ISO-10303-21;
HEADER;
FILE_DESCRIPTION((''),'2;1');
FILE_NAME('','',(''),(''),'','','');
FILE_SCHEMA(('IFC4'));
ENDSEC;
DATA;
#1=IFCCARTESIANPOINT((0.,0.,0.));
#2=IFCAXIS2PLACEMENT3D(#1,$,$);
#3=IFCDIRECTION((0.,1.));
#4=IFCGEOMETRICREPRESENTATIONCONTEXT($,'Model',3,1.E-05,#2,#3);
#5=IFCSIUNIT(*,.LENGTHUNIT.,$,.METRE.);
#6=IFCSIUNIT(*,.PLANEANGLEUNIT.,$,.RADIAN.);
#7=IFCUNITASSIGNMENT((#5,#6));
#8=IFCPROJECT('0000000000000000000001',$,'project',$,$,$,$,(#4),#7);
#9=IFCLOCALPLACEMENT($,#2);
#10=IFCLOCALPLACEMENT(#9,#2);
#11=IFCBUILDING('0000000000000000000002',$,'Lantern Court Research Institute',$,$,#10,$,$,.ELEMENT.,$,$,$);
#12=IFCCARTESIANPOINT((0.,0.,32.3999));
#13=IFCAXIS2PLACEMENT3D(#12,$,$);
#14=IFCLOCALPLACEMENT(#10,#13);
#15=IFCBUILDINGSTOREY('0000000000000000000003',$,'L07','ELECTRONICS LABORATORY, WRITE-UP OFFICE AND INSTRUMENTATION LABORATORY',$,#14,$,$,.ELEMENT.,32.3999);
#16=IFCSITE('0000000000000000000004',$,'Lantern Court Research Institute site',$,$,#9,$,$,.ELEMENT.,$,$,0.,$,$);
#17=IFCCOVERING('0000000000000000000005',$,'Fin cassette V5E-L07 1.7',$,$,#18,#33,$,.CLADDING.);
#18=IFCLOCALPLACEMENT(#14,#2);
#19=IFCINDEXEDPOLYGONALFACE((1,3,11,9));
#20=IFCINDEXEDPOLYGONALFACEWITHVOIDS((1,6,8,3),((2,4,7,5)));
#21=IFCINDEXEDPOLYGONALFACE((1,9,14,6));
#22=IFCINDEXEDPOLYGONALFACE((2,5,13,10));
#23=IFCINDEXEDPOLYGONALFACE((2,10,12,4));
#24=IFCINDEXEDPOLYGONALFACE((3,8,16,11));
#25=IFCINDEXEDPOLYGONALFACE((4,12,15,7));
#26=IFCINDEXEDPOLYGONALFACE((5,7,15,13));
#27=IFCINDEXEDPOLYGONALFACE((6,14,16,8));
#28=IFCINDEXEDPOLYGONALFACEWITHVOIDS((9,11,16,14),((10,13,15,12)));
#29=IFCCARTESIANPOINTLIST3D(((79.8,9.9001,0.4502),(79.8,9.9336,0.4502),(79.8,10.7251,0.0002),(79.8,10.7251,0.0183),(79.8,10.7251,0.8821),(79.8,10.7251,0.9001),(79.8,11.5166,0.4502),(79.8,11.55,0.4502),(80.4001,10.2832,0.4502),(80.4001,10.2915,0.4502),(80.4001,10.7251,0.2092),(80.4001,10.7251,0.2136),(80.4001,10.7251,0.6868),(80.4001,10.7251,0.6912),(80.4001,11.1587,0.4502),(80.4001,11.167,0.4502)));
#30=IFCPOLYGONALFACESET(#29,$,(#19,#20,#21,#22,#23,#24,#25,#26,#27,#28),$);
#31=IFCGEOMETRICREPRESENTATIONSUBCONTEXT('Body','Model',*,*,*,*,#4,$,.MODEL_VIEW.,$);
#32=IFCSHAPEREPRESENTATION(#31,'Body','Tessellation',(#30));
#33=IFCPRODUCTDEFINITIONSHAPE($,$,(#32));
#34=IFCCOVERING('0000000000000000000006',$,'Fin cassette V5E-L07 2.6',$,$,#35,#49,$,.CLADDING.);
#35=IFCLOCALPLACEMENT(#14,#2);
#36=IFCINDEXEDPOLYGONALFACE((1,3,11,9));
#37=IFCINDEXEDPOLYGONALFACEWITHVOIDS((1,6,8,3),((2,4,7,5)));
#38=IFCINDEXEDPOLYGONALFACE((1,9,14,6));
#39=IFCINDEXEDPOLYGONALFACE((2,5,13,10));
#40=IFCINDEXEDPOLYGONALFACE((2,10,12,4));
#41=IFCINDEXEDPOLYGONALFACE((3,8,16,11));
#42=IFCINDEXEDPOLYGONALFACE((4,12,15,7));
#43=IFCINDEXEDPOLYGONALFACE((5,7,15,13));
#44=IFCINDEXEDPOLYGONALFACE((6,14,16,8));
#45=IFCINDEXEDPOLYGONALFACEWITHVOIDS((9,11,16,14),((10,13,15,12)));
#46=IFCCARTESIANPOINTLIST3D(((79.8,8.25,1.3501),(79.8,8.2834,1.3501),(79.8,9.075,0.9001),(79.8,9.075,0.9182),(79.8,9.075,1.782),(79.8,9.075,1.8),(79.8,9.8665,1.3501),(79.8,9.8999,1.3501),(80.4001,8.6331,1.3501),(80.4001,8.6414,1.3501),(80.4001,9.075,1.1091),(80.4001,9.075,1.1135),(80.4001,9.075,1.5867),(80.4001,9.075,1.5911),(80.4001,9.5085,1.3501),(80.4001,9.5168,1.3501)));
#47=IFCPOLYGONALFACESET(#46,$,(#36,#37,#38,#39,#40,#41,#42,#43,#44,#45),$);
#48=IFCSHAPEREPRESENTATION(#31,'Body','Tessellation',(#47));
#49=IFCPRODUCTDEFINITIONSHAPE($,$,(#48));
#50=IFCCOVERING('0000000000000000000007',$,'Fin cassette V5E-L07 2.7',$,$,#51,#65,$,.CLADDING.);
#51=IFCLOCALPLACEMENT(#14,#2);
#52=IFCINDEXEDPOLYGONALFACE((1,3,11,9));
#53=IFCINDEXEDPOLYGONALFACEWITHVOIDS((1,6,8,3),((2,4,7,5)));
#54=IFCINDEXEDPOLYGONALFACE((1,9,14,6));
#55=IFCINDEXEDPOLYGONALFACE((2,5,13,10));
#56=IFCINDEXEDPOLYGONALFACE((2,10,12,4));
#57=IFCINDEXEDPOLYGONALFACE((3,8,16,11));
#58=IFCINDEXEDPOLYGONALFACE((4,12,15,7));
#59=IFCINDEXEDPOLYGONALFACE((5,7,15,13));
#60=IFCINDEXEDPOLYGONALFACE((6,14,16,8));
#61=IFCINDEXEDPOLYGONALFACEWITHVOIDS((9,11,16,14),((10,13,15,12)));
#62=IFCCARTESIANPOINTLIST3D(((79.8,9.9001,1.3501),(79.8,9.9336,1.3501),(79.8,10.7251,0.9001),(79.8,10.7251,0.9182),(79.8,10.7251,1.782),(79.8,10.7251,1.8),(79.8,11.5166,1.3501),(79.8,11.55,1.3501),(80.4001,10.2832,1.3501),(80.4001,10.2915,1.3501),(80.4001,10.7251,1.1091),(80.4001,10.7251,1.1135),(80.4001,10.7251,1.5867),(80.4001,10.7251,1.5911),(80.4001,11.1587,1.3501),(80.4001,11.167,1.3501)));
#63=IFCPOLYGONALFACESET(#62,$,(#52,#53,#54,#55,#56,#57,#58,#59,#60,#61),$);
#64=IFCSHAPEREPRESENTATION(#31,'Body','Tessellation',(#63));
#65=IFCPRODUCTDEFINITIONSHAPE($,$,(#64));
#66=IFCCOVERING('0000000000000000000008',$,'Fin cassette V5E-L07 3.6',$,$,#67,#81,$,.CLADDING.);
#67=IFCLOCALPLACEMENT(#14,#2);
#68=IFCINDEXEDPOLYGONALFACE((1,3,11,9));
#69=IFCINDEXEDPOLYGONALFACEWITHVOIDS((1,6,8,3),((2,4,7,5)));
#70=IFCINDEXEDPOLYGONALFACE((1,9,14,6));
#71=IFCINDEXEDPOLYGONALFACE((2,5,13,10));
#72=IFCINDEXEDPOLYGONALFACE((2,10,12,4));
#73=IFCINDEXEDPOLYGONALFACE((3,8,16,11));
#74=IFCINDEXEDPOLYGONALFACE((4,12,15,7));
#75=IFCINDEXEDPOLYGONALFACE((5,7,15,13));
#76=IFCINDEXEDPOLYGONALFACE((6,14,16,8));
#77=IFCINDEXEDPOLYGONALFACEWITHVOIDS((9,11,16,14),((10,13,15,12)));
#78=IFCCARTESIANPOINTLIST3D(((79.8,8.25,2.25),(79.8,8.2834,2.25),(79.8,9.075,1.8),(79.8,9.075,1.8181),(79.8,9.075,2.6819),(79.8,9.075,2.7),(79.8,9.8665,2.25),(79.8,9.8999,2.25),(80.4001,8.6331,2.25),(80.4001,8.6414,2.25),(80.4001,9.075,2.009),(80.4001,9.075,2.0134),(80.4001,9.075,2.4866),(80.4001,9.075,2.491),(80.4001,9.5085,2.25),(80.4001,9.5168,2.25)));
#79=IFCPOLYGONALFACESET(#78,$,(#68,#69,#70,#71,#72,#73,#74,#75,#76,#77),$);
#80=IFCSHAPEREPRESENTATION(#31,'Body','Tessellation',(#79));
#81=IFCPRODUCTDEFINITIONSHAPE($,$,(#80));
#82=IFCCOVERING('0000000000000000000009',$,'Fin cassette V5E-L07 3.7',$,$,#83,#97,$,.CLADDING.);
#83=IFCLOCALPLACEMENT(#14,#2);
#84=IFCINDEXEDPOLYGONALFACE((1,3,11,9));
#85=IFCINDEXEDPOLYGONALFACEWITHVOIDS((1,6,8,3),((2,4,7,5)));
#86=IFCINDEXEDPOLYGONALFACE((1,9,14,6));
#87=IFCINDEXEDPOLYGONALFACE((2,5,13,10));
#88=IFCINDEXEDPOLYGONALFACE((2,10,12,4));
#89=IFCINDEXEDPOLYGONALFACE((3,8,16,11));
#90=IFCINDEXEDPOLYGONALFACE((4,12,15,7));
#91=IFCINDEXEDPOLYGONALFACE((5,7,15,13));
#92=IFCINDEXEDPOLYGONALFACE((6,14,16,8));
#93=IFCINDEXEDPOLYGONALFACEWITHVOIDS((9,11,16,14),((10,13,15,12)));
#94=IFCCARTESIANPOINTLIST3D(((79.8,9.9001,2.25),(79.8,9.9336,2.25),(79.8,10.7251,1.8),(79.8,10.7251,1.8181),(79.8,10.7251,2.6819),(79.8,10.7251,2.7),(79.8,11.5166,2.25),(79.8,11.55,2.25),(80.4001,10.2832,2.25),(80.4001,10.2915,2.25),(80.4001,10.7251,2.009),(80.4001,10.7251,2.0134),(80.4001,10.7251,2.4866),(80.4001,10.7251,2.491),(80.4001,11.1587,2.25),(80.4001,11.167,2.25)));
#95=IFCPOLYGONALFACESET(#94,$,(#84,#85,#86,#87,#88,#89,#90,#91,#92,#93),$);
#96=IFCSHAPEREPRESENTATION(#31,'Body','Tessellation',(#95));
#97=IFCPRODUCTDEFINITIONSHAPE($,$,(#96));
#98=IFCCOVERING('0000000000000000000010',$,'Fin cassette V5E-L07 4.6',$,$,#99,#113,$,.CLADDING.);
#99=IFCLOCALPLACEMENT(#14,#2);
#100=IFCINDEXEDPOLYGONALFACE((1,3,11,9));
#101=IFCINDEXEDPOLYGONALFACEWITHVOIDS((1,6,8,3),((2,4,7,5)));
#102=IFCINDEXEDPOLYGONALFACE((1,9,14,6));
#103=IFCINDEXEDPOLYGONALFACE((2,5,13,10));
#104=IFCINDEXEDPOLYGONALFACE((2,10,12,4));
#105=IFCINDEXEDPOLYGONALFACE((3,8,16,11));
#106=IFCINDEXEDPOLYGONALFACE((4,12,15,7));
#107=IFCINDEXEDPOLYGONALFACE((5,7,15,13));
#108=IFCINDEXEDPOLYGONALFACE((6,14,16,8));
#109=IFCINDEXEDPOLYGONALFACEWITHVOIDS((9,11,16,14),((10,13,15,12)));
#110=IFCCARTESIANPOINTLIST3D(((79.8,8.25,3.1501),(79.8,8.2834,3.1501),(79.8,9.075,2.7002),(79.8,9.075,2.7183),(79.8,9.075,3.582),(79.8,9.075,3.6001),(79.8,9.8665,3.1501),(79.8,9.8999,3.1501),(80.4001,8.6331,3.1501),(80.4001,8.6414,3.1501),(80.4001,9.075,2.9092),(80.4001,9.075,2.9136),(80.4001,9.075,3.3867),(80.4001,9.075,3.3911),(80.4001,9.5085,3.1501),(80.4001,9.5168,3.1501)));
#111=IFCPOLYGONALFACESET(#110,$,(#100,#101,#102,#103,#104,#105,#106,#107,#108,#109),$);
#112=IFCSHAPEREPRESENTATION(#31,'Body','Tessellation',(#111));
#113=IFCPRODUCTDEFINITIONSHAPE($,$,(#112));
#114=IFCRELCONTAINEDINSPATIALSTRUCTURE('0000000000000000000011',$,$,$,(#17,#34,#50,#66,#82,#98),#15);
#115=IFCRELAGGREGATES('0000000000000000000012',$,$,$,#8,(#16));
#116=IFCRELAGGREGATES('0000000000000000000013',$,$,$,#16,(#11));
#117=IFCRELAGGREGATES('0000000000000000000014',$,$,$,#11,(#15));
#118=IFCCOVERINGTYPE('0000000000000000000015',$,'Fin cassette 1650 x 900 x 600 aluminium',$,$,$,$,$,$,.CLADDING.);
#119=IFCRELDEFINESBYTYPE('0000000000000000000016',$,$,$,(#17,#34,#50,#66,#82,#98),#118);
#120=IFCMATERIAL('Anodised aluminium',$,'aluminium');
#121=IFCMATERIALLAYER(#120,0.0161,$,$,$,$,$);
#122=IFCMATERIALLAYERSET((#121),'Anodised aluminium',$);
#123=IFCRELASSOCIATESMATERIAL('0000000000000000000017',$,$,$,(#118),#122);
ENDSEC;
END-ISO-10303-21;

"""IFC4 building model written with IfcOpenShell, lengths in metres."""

from ifc_helpers import new_model, entity, si_unit, direction, frame, origin, place, context, subcontext, project, spatial, material, layer, layer_set, type_object, element, save


model = new_model("IFC4")

# Units and contexts
model_context = context("Model", 3, precision=1e-05, world=origin(), true_north=direction((0.0, 1.0)))
body_context = subcontext(model_context, "Body", "Model", "MODEL_VIEW")
ifc_project = project(units=[si_unit("LENGTHUNIT", "METRE"), si_unit("PLANEANGLEUNIT", "RADIAN")], contexts=[model_context])

# Site, building, storey
site_placement = place(None, origin())
site = spatial("IfcSite", under=ifc_project, at=site_placement, Name="Lantern Court Research Institute site", CompositionType="ELEMENT", RefElevation=0.0)
building_placement = place(site_placement, origin())
building = spatial("IfcBuilding", under=site, at=building_placement, Name="Lantern Court Research Institute", CompositionType="ELEMENT")
storey_placement = place(building_placement, frame((0.0, 0.0, 32.3999)))
storey = spatial("IfcBuildingStorey", under=building, at=storey_placement, Name="L07", Description="ELECTRONICS LABORATORY, WRITE-UP OFFICE AND INSTRUMENTATION LABORATORY", CompositionType="ELEMENT", Elevation=32.3999)

# Coverings
ifc_material_1 = material(Name="Anodised aluminium", Category="aluminium")
ifc_layer_1 = layer(ifc_material_1, 0.0161)
ifc_layer_set_1 = layer_set([ifc_layer_1], Name="Anodised aluminium")
covering_type = type_object("IfcCoveringType", Name="Fin cassette 1650 x 900 x 600 aluminium", PredefinedType="CLADDING", material=ifc_layer_set_1)
covering_1_placement = place(storey_placement, frame((79.8, 10.7251, 0.4502), z_axis=(1.0, 0.0, 0.0), x_axis=(0.0, 1.0, 0.0)))
cartesian_point_1 = entity("IfcCartesianPoint", [0.825, 0.0])
cartesian_point_2 = entity("IfcCartesianPoint", [0.7915, 0.0])
cartesian_point_3 = entity("IfcCartesianPoint", [0.4419, 0.0])
cartesian_point_4 = entity("IfcCartesianPoint", [0.4336, 0.0])
element("IfcCovering", 1, at=covering_1_placement, inside=storey, type_object=covering_type, Name="Fin cassette V5E-L07 1.7", PredefinedType="CLADDING", context=body_context, shape_type="SweptSolid", body=[
    entity("IfcExtrudedAreaSolidTapered", entity("IfcArbitraryProfileDefWithVoids", "AREA", None, entity("IfcPolyline", [cartesian_point_1, entity("IfcCartesianPoint", [0.0, 0.45]), entity("IfcCartesianPoint", [-0.825, 0.0]), entity("IfcCartesianPoint", [0.0, -0.45]), cartesian_point_1]), [entity("IfcPolyline", [cartesian_point_2, entity("IfcCartesianPoint", [0.0, 0.4319]), entity("IfcCartesianPoint", [-0.7915, 0.0]), entity("IfcCartesianPoint", [0.0, -0.4319]), cartesian_point_2])]), entity("IfcAxis2Placement3D", entity("IfcCartesianPoint", [0.0, 0.0, 0.0])), entity("IfcDirection", [0.0, 0.0, 1.0]), 0.6001, entity("IfcArbitraryProfileDefWithVoids", "AREA", None, entity("IfcPolyline", [cartesian_point_3, entity("IfcCartesianPoint", [0.0, 0.241]), entity("IfcCartesianPoint", [-0.4419, 0.0]), entity("IfcCartesianPoint", [0.0, -0.241]), cartesian_point_3]), [entity("IfcPolyline", [cartesian_point_4, entity("IfcCartesianPoint", [0.0, 0.2366]), entity("IfcCartesianPoint", [-0.4336, 0.0]), entity("IfcCartesianPoint", [0.0, -0.2366]), cartesian_point_4])])),
])
covering_2_placement = place(storey_placement, frame((79.8, 9.075, 1.3501), z_axis=(1.0, 0.0, 0.0), x_axis=(0.0, 1.0, 0.0)))
cartesian_point_5 = entity("IfcCartesianPoint", [0.825, 0.0])
cartesian_point_6 = entity("IfcCartesianPoint", [0.7915, 0.0])
cartesian_point_7 = entity("IfcCartesianPoint", [0.4419, 0.0])
cartesian_point_8 = entity("IfcCartesianPoint", [0.4336, 0.0])
element("IfcCovering", 2, at=covering_2_placement, inside=storey, type_object=covering_type, Name="Fin cassette V5E-L07 2.6", PredefinedType="CLADDING", context=body_context, shape_type="SweptSolid", body=[
    entity("IfcExtrudedAreaSolidTapered", entity("IfcArbitraryProfileDefWithVoids", "AREA", None, entity("IfcPolyline", [cartesian_point_5, entity("IfcCartesianPoint", [0.0, 0.45]), entity("IfcCartesianPoint", [-0.825, 0.0]), entity("IfcCartesianPoint", [0.0, -0.45]), cartesian_point_5]), [entity("IfcPolyline", [cartesian_point_6, entity("IfcCartesianPoint", [0.0, 0.4319]), entity("IfcCartesianPoint", [-0.7915, 0.0]), entity("IfcCartesianPoint", [0.0, -0.4319]), cartesian_point_6])]), entity("IfcAxis2Placement3D", entity("IfcCartesianPoint", [0.0, 0.0, 0.0])), entity("IfcDirection", [0.0, 0.0, 1.0]), 0.6001, entity("IfcArbitraryProfileDefWithVoids", "AREA", None, entity("IfcPolyline", [cartesian_point_7, entity("IfcCartesianPoint", [0.0, 0.241]), entity("IfcCartesianPoint", [-0.4419, 0.0]), entity("IfcCartesianPoint", [0.0, -0.241]), cartesian_point_7]), [entity("IfcPolyline", [cartesian_point_8, entity("IfcCartesianPoint", [0.0, 0.2366]), entity("IfcCartesianPoint", [-0.4336, 0.0]), entity("IfcCartesianPoint", [0.0, -0.2366]), cartesian_point_8])])),
])
covering_3_placement = place(storey_placement, frame((79.8, 10.7251, 1.3501), z_axis=(1.0, 0.0, 0.0), x_axis=(0.0, 1.0, 0.0)))
cartesian_point_9 = entity("IfcCartesianPoint", [0.825, 0.0])
cartesian_point_10 = entity("IfcCartesianPoint", [0.7915, 0.0])
cartesian_point_11 = entity("IfcCartesianPoint", [0.4419, 0.0])
cartesian_point_12 = entity("IfcCartesianPoint", [0.4336, 0.0])
element("IfcCovering", 3, at=covering_3_placement, inside=storey, type_object=covering_type, Name="Fin cassette V5E-L07 2.7", PredefinedType="CLADDING", context=body_context, shape_type="SweptSolid", body=[
    entity("IfcExtrudedAreaSolidTapered", entity("IfcArbitraryProfileDefWithVoids", "AREA", None, entity("IfcPolyline", [cartesian_point_9, entity("IfcCartesianPoint", [0.0, 0.45]), entity("IfcCartesianPoint", [-0.825, 0.0]), entity("IfcCartesianPoint", [0.0, -0.45]), cartesian_point_9]), [entity("IfcPolyline", [cartesian_point_10, entity("IfcCartesianPoint", [0.0, 0.4319]), entity("IfcCartesianPoint", [-0.7915, 0.0]), entity("IfcCartesianPoint", [0.0, -0.4319]), cartesian_point_10])]), entity("IfcAxis2Placement3D", entity("IfcCartesianPoint", [0.0, 0.0, 0.0])), entity("IfcDirection", [0.0, 0.0, 1.0]), 0.6001, entity("IfcArbitraryProfileDefWithVoids", "AREA", None, entity("IfcPolyline", [cartesian_point_11, entity("IfcCartesianPoint", [0.0, 0.241]), entity("IfcCartesianPoint", [-0.4419, 0.0]), entity("IfcCartesianPoint", [0.0, -0.241]), cartesian_point_11]), [entity("IfcPolyline", [cartesian_point_12, entity("IfcCartesianPoint", [0.0, 0.2366]), entity("IfcCartesianPoint", [-0.4336, 0.0]), entity("IfcCartesianPoint", [0.0, -0.2366]), cartesian_point_12])])),
])
covering_4_placement = place(storey_placement, frame((79.8, 9.075, 2.25), z_axis=(1.0, 0.0, 0.0), x_axis=(0.0, 1.0, 0.0)))
cartesian_point_13 = entity("IfcCartesianPoint", [0.825, 0.0])
cartesian_point_14 = entity("IfcCartesianPoint", [0.7915, 0.0])
cartesian_point_15 = entity("IfcCartesianPoint", [0.4419, 0.0])
cartesian_point_16 = entity("IfcCartesianPoint", [0.4336, 0.0])
element("IfcCovering", 4, at=covering_4_placement, inside=storey, type_object=covering_type, Name="Fin cassette V5E-L07 3.6", PredefinedType="CLADDING", context=body_context, shape_type="SweptSolid", body=[
    entity("IfcExtrudedAreaSolidTapered", entity("IfcArbitraryProfileDefWithVoids", "AREA", None, entity("IfcPolyline", [cartesian_point_13, entity("IfcCartesianPoint", [0.0, 0.45]), entity("IfcCartesianPoint", [-0.825, 0.0]), entity("IfcCartesianPoint", [0.0, -0.45]), cartesian_point_13]), [entity("IfcPolyline", [cartesian_point_14, entity("IfcCartesianPoint", [0.0, 0.4319]), entity("IfcCartesianPoint", [-0.7915, 0.0]), entity("IfcCartesianPoint", [0.0, -0.4319]), cartesian_point_14])]), entity("IfcAxis2Placement3D", entity("IfcCartesianPoint", [0.0, 0.0, 0.0])), entity("IfcDirection", [0.0, 0.0, 1.0]), 0.6001, entity("IfcArbitraryProfileDefWithVoids", "AREA", None, entity("IfcPolyline", [cartesian_point_15, entity("IfcCartesianPoint", [0.0, 0.241]), entity("IfcCartesianPoint", [-0.4419, 0.0]), entity("IfcCartesianPoint", [0.0, -0.241]), cartesian_point_15]), [entity("IfcPolyline", [cartesian_point_16, entity("IfcCartesianPoint", [0.0, 0.2366]), entity("IfcCartesianPoint", [-0.4336, 0.0]), entity("IfcCartesianPoint", [0.0, -0.2366]), cartesian_point_16])])),
])
covering_5_placement = place(storey_placement, frame((79.8, 10.7251, 2.25), z_axis=(1.0, 0.0, 0.0), x_axis=(0.0, 1.0, 0.0)))
cartesian_point_17 = entity("IfcCartesianPoint", [0.825, 0.0])
cartesian_point_18 = entity("IfcCartesianPoint", [0.7915, 0.0])
cartesian_point_19 = entity("IfcCartesianPoint", [0.4419, 0.0])
cartesian_point_20 = entity("IfcCartesianPoint", [0.4336, 0.0])
element("IfcCovering", 5, at=covering_5_placement, inside=storey, type_object=covering_type, Name="Fin cassette V5E-L07 3.7", PredefinedType="CLADDING", context=body_context, shape_type="SweptSolid", body=[
    entity("IfcExtrudedAreaSolidTapered", entity("IfcArbitraryProfileDefWithVoids", "AREA", None, entity("IfcPolyline", [cartesian_point_17, entity("IfcCartesianPoint", [0.0, 0.45]), entity("IfcCartesianPoint", [-0.825, 0.0]), entity("IfcCartesianPoint", [0.0, -0.45]), cartesian_point_17]), [entity("IfcPolyline", [cartesian_point_18, entity("IfcCartesianPoint", [0.0, 0.4319]), entity("IfcCartesianPoint", [-0.7915, 0.0]), entity("IfcCartesianPoint", [0.0, -0.4319]), cartesian_point_18])]), entity("IfcAxis2Placement3D", entity("IfcCartesianPoint", [0.0, 0.0, 0.0])), entity("IfcDirection", [0.0, 0.0, 1.0]), 0.6001, entity("IfcArbitraryProfileDefWithVoids", "AREA", None, entity("IfcPolyline", [cartesian_point_19, entity("IfcCartesianPoint", [0.0, 0.241]), entity("IfcCartesianPoint", [-0.4419, 0.0]), entity("IfcCartesianPoint", [0.0, -0.241]), cartesian_point_19]), [entity("IfcPolyline", [cartesian_point_20, entity("IfcCartesianPoint", [0.0, 0.2366]), entity("IfcCartesianPoint", [-0.4336, 0.0]), entity("IfcCartesianPoint", [0.0, -0.2366]), cartesian_point_20])])),
])
covering_6_placement = place(storey_placement, frame((79.8, 9.075, 3.1501), z_axis=(1.0, 0.0, 0.0), x_axis=(0.0, 1.0, 0.0)))
cartesian_point_21 = entity("IfcCartesianPoint", [0.825, 0.0])
cartesian_point_22 = entity("IfcCartesianPoint", [0.7915, 0.0])
cartesian_point_23 = entity("IfcCartesianPoint", [0.4419, 0.0])
cartesian_point_24 = entity("IfcCartesianPoint", [0.4336, 0.0])
element("IfcCovering", 6, at=covering_6_placement, inside=storey, type_object=covering_type, Name="Fin cassette V5E-L07 4.6", PredefinedType="CLADDING", context=body_context, shape_type="SweptSolid", body=[
    entity("IfcExtrudedAreaSolidTapered", entity("IfcArbitraryProfileDefWithVoids", "AREA", None, entity("IfcPolyline", [cartesian_point_21, entity("IfcCartesianPoint", [0.0, 0.45]), entity("IfcCartesianPoint", [-0.825, 0.0]), entity("IfcCartesianPoint", [0.0, -0.45]), cartesian_point_21]), [entity("IfcPolyline", [cartesian_point_22, entity("IfcCartesianPoint", [0.0, 0.4319]), entity("IfcCartesianPoint", [-0.7915, 0.0]), entity("IfcCartesianPoint", [0.0, -0.4319]), cartesian_point_22])]), entity("IfcAxis2Placement3D", entity("IfcCartesianPoint", [0.0, 0.0, 0.0])), entity("IfcDirection", [0.0, 0.0, 1.0]), 0.6001, entity("IfcArbitraryProfileDefWithVoids", "AREA", None, entity("IfcPolyline", [cartesian_point_23, entity("IfcCartesianPoint", [0.0, 0.241]), entity("IfcCartesianPoint", [-0.4419, 0.0]), entity("IfcCartesianPoint", [0.0, -0.241]), cartesian_point_23]), [entity("IfcPolyline", [cartesian_point_24, entity("IfcCartesianPoint", [0.0, 0.2366]), entity("IfcCartesianPoint", [-0.4336, 0.0]), entity("IfcCartesianPoint", [0.0, -0.2366]), cartesian_point_24])])),
])

save(model, "model.ifc")
